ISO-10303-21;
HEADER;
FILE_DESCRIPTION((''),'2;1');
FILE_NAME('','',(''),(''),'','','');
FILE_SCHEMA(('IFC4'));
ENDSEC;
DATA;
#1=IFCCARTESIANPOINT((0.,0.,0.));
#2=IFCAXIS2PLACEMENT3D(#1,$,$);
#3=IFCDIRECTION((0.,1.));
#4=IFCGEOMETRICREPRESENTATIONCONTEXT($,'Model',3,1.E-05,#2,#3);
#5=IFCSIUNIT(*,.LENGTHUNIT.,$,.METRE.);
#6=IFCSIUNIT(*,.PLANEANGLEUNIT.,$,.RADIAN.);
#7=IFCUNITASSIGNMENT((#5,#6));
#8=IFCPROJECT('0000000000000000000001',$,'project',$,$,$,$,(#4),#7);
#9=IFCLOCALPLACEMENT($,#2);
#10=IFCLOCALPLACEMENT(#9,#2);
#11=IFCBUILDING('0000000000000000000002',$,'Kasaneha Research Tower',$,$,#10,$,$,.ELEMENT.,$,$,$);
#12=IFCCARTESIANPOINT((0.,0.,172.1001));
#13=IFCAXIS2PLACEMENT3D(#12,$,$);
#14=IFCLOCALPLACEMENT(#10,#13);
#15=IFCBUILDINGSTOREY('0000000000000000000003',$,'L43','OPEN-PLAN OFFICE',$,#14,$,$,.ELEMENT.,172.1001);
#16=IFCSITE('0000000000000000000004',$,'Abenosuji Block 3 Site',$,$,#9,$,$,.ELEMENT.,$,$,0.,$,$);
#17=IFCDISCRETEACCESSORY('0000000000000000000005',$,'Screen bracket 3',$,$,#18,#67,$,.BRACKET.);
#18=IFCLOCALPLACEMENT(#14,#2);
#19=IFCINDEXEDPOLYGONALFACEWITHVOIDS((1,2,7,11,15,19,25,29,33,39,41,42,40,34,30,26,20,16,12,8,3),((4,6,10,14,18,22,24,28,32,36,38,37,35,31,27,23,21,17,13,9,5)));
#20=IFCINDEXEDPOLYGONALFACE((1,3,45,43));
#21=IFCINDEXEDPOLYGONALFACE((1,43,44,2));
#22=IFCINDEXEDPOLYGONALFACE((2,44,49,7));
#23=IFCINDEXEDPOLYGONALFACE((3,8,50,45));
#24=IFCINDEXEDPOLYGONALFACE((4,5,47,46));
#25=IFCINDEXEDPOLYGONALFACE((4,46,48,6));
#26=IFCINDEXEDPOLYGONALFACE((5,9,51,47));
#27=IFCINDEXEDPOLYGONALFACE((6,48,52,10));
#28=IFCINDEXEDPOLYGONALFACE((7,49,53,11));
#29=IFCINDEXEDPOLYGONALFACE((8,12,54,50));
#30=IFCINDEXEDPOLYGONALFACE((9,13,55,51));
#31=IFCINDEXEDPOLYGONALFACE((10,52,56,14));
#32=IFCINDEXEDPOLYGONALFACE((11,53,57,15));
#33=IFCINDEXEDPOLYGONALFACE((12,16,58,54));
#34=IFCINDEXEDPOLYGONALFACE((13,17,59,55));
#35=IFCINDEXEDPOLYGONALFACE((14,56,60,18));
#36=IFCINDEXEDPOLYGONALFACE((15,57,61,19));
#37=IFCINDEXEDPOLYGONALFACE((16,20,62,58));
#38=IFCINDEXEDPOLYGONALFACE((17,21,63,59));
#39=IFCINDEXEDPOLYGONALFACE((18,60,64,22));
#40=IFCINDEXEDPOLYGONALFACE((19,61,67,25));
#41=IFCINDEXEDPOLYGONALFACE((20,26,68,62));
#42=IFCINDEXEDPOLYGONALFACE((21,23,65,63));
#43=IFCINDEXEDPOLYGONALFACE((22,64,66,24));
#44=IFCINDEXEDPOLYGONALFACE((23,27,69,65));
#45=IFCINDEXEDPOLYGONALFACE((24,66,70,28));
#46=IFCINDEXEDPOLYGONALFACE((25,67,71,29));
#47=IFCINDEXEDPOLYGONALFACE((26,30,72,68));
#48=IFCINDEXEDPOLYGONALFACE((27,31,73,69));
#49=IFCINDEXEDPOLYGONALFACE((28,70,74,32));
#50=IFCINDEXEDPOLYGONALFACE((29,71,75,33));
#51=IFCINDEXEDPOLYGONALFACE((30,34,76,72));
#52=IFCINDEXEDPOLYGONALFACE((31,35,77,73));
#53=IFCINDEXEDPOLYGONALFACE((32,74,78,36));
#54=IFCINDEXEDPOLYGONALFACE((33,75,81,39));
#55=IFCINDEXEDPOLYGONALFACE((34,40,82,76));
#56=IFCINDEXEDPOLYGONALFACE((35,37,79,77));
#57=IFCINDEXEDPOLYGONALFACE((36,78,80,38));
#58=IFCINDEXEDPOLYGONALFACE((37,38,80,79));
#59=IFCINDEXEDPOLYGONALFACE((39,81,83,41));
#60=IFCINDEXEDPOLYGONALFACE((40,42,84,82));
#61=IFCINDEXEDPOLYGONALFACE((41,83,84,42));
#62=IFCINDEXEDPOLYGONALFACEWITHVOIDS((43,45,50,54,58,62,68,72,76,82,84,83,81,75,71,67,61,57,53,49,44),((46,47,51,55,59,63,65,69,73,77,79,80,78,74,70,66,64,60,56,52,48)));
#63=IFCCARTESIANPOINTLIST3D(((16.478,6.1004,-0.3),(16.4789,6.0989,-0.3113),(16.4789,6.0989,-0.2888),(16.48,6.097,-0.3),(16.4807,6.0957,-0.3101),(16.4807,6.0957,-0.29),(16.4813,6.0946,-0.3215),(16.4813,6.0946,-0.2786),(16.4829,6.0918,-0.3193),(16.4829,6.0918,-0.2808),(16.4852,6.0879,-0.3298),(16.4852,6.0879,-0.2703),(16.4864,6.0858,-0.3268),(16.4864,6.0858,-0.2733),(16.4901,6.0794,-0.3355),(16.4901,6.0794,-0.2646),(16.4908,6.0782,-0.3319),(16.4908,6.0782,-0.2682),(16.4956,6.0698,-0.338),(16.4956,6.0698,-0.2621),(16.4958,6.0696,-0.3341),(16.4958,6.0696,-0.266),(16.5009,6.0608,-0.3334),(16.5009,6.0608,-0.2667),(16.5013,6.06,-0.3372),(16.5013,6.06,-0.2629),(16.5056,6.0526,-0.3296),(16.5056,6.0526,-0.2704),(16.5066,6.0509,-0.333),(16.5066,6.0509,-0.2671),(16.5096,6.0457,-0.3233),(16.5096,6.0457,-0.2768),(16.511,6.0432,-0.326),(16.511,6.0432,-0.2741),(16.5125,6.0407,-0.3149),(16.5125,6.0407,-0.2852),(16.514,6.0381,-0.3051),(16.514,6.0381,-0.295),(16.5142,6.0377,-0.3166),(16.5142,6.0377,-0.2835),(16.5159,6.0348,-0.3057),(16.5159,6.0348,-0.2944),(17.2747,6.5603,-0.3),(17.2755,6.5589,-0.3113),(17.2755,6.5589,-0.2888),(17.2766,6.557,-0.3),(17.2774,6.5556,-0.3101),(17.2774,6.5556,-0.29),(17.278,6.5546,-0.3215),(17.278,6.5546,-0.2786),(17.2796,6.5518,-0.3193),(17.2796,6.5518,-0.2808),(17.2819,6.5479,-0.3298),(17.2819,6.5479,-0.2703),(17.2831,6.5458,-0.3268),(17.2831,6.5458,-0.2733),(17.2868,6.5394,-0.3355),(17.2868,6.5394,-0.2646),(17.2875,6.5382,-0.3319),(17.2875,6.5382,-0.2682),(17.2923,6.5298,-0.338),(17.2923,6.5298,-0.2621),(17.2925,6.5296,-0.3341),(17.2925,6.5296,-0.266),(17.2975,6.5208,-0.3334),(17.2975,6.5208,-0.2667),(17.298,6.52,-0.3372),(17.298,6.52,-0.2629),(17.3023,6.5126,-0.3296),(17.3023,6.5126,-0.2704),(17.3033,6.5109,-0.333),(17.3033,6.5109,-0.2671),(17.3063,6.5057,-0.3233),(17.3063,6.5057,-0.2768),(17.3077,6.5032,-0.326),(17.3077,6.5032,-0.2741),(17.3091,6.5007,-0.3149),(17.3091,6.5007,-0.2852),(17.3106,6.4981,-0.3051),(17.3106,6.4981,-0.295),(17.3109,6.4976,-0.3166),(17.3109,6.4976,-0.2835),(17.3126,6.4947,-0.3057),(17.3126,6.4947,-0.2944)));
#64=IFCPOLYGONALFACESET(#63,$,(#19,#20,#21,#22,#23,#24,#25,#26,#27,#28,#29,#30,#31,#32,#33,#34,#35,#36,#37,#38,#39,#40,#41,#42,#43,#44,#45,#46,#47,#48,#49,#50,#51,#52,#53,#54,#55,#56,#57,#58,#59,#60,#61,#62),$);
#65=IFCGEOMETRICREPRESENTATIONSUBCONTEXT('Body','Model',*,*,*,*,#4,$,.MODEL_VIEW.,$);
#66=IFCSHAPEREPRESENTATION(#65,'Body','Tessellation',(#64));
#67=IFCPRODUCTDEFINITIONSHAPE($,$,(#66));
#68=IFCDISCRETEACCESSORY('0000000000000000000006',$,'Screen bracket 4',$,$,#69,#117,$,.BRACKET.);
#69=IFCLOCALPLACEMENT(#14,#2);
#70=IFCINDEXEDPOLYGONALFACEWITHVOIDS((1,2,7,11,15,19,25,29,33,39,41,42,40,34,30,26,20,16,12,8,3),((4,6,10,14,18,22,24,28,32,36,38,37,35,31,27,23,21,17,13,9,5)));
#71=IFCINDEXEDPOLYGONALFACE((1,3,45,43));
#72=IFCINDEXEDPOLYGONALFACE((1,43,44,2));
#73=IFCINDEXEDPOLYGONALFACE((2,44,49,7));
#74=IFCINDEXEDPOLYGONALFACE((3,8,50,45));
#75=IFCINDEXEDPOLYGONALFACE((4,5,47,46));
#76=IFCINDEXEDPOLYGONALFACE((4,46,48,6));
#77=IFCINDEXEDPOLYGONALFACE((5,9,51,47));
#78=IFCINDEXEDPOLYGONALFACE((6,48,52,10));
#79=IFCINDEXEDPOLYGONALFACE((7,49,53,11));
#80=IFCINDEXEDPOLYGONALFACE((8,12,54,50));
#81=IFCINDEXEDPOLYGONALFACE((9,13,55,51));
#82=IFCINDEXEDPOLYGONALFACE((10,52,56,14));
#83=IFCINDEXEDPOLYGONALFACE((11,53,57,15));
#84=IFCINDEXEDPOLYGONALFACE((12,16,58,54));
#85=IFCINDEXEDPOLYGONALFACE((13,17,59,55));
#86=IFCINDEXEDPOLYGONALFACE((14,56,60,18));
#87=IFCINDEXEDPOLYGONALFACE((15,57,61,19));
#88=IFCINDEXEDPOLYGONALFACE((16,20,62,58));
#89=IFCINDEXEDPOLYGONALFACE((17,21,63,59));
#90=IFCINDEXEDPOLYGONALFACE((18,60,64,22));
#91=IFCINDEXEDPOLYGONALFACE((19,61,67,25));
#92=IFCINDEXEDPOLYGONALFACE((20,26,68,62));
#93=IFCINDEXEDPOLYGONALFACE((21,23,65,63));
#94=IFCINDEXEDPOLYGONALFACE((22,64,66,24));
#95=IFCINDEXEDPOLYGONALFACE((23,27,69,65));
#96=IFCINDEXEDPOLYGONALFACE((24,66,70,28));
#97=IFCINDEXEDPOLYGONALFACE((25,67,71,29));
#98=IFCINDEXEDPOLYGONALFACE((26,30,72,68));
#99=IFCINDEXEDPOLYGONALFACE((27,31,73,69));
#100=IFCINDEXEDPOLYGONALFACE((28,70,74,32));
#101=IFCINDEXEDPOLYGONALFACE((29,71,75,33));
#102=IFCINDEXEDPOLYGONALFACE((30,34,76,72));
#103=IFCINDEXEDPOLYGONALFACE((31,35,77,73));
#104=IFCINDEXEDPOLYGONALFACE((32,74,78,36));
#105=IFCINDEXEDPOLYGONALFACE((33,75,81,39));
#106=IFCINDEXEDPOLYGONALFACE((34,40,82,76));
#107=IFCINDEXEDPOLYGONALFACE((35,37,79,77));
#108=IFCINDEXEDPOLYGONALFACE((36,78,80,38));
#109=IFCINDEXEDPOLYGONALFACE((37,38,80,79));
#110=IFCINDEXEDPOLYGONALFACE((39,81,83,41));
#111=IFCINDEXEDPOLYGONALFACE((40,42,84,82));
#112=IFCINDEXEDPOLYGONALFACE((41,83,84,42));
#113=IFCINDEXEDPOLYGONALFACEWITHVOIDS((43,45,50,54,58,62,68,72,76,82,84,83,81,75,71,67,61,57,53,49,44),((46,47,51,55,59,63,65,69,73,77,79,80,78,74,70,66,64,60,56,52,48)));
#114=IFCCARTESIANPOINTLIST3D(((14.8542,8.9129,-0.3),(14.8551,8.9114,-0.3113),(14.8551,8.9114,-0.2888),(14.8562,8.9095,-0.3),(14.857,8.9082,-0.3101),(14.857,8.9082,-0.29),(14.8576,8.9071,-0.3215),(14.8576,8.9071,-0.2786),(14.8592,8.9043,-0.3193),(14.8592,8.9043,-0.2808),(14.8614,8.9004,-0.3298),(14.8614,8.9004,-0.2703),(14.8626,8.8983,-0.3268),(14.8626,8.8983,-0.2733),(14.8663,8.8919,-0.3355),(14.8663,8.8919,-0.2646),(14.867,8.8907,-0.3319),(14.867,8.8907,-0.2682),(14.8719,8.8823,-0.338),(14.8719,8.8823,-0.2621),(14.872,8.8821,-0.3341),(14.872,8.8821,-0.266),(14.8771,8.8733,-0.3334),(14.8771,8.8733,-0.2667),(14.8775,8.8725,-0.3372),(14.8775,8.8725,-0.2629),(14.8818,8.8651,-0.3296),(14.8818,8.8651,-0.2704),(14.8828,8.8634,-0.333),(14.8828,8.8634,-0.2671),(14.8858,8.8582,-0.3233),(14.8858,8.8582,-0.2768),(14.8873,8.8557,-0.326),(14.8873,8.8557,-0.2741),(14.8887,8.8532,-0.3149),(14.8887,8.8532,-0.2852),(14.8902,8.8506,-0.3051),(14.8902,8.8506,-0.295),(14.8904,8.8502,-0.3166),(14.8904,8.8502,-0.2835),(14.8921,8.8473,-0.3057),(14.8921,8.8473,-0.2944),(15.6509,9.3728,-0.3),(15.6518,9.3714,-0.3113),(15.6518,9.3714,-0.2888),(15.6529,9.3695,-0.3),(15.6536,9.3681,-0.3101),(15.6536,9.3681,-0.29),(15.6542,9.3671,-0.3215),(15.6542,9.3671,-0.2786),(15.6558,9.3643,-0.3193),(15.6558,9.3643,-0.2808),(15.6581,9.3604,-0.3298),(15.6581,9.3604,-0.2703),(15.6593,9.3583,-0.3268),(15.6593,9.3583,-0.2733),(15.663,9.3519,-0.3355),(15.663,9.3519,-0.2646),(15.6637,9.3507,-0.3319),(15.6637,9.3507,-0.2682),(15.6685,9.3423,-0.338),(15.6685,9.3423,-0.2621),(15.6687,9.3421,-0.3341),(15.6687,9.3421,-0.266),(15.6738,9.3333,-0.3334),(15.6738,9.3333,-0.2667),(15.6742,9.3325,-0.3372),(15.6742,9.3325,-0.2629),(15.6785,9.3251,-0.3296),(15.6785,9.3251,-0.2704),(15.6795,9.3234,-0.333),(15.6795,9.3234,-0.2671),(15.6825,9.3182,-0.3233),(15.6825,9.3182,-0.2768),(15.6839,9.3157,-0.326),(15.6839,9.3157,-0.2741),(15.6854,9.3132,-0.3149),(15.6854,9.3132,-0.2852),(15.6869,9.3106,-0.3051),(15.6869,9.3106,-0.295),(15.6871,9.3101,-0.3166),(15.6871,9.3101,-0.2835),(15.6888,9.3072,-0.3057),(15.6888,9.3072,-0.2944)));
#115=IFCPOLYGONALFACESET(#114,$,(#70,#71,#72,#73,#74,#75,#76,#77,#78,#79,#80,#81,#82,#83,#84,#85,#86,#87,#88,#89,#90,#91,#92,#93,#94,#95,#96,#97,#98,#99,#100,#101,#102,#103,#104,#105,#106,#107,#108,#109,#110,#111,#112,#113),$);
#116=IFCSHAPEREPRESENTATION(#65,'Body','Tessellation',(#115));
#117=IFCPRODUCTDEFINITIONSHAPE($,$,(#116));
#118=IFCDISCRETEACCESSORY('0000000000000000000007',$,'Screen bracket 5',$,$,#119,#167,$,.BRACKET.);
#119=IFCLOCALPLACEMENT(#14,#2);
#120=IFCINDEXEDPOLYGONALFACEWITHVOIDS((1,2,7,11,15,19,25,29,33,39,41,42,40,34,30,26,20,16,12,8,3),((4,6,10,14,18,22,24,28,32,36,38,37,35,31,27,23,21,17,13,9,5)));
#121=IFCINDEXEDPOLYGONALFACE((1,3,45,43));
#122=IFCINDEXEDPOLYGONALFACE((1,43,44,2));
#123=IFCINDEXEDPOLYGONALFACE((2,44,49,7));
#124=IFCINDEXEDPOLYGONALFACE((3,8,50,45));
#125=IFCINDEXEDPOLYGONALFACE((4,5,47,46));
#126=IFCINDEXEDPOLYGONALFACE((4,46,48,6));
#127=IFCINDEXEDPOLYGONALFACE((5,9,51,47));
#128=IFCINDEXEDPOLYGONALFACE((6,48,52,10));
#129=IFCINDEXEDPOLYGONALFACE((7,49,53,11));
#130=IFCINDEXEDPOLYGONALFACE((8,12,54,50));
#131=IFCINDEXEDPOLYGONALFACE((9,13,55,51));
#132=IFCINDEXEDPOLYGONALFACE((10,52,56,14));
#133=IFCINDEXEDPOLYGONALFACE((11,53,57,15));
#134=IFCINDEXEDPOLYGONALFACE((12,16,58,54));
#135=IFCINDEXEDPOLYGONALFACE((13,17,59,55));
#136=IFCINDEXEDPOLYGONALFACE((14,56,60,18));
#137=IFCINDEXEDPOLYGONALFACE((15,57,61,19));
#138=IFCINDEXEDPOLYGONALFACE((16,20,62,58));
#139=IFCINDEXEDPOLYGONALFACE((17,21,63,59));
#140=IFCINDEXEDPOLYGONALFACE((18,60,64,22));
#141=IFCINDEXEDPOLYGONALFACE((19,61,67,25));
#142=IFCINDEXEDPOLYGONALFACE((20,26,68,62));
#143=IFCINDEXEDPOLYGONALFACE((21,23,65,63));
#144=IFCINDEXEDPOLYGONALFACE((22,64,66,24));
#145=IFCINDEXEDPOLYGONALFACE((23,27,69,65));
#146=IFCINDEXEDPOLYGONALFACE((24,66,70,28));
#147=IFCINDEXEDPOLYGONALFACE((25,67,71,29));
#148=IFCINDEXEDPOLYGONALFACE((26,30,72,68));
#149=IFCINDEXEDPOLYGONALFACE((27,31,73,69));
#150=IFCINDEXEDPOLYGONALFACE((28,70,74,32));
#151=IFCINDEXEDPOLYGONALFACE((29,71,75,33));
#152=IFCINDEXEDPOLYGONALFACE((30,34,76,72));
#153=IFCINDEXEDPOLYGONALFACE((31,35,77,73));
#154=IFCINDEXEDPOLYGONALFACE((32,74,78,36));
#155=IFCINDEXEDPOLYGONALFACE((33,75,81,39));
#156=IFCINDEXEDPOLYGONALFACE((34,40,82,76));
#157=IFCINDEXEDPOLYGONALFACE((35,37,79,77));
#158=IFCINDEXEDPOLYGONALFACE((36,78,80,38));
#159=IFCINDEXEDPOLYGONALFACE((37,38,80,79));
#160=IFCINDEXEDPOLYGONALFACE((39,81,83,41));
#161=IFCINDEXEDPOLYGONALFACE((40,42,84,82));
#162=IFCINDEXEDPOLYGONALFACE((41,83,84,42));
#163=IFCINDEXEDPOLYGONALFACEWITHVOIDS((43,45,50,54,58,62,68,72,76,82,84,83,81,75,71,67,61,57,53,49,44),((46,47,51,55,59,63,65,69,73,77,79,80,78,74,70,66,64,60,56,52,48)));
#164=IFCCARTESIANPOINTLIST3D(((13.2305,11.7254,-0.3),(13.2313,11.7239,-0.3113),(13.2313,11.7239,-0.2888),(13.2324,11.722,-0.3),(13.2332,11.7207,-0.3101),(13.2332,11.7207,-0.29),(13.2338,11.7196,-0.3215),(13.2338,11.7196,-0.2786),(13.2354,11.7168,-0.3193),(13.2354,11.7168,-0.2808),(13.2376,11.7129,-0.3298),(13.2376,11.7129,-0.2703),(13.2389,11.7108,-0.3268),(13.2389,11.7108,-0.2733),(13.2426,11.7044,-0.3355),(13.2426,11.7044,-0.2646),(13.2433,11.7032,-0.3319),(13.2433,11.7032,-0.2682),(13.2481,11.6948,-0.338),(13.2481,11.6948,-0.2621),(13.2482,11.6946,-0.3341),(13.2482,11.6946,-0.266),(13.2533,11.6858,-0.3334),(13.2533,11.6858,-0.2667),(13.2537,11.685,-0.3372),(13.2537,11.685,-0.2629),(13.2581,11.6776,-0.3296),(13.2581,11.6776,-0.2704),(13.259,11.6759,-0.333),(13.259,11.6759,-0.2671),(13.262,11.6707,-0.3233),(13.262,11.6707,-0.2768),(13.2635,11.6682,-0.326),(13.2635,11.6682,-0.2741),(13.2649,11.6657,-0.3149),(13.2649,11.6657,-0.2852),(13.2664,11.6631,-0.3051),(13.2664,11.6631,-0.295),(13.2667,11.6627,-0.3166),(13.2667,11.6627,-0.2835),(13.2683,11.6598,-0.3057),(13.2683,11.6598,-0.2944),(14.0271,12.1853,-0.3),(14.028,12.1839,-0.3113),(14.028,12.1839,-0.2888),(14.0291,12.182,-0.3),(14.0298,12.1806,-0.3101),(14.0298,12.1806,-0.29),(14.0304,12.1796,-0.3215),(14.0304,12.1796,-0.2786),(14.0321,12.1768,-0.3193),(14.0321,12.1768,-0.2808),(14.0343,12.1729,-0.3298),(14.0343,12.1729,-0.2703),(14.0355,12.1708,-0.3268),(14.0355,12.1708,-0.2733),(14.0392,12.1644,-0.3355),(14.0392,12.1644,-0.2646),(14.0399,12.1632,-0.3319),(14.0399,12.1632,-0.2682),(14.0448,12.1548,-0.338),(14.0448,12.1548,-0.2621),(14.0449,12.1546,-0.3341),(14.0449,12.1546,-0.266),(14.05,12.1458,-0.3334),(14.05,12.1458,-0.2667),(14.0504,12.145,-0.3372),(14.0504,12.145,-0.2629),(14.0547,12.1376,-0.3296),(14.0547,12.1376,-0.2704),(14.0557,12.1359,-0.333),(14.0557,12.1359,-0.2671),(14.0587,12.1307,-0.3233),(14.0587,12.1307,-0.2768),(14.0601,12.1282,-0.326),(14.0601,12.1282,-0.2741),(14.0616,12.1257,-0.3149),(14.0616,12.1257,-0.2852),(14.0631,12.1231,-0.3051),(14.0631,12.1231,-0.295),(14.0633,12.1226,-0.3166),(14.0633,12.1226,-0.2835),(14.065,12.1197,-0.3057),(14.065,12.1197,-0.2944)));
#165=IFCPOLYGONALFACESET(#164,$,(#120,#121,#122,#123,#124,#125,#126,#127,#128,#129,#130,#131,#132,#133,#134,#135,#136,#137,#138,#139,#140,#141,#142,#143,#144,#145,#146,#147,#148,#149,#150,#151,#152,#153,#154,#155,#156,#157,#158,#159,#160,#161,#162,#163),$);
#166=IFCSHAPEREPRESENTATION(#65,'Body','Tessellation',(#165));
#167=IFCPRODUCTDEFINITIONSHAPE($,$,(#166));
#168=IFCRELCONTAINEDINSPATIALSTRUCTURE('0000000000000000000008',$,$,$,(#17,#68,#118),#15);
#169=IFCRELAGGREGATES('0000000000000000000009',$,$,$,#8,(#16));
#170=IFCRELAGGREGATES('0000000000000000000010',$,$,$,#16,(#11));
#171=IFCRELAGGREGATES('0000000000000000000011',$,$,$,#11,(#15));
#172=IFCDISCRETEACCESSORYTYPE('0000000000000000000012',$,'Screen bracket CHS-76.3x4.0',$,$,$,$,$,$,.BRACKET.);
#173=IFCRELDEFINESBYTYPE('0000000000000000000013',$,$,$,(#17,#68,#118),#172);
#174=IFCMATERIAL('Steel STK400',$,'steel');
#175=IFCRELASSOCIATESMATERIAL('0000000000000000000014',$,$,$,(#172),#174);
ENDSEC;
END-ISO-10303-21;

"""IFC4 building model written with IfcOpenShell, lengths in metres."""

from ifc_helpers import new_model, si_unit, direction, frame, origin, origin_2d, place, context, subcontext, project, spatial, hollow_circle, extrude, material, material_profile, profile_set, type_object, element, save


model = new_model("IFC4")

# Units and contexts
model_context = context("Model", 3, precision=1e-05, world=origin(), true_north=direction((0.0, 1.0)))
body_context = subcontext(model_context, "Body", "Model", "MODEL_VIEW")
ifc_project = project(units=[si_unit("LENGTHUNIT", "METRE"), si_unit("PLANEANGLEUNIT", "RADIAN")], contexts=[model_context])

# Site, building, storey
site_placement = place(None, origin())
site = spatial("IfcSite", under=ifc_project, at=site_placement, Name="Abenosuji Block 3 Site", CompositionType="ELEMENT", RefElevation=0.0)
building_placement = place(site_placement, origin())
building = spatial("IfcBuilding", under=site, at=building_placement, Name="Kasaneha Research Tower", CompositionType="ELEMENT")
storey_placement = place(building_placement, frame((0.0, 0.0, 172.1001)))
storey = spatial("IfcBuildingStorey", under=building, at=storey_placement, Name="L43", Description="OPEN-PLAN OFFICE", CompositionType="ELEMENT", Elevation=172.1001)

# Discrete accessories
ifc_material_1 = material(Name="Steel STK400", Category="steel")
ifc_material_profile_1 = material_profile(ifc_material_1, hollow_circle(Radius=0.0381, WallThickness=0.0039, at=origin_2d()), Name="CHS-76.3x4.0")
ifc_profile_set_1 = profile_set([ifc_material_profile_1], Name="Steel STK400")
discrete_accessory_type = type_object("IfcDiscreteAccessoryType", Name="Screen bracket CHS-76.3x4.0", PredefinedType="BRACKET", material=ifc_profile_set_1)
for number, where, z_axis, x_axis, name in (
    (1, (16.4971, 6.0674, -0.3), (0.866013, 0.500021, 0.0), (-0.500021, 0.866013, 0.0), "Screen bracket 3"),
    (2, (14.8733, 8.8799, -0.3), (0.866013, 0.500021, 0.0), (-0.500021, 0.866013, 0.0), "Screen bracket 4"),
    (3, (13.2495, 11.6924, -0.3), (0.866013, 0.500021, 0.0), (-0.500021, 0.866013, 0.0), "Screen bracket 5"),
):
    element("IfcDiscreteAccessory", number, at=place(storey_placement, frame(where, z_axis=z_axis, x_axis=x_axis)), inside=storey, type_object=discrete_accessory_type, Name=name, PredefinedType="BRACKET", context=body_context, shape_type="SweptSolid", body=[
        extrude(hollow_circle(Radius=0.0381, WallThickness=0.0039, at=origin_2d()), origin(), (0.0, 0.0, 1.0), 0.9199),
    ])

save(model, "model.ifc")
